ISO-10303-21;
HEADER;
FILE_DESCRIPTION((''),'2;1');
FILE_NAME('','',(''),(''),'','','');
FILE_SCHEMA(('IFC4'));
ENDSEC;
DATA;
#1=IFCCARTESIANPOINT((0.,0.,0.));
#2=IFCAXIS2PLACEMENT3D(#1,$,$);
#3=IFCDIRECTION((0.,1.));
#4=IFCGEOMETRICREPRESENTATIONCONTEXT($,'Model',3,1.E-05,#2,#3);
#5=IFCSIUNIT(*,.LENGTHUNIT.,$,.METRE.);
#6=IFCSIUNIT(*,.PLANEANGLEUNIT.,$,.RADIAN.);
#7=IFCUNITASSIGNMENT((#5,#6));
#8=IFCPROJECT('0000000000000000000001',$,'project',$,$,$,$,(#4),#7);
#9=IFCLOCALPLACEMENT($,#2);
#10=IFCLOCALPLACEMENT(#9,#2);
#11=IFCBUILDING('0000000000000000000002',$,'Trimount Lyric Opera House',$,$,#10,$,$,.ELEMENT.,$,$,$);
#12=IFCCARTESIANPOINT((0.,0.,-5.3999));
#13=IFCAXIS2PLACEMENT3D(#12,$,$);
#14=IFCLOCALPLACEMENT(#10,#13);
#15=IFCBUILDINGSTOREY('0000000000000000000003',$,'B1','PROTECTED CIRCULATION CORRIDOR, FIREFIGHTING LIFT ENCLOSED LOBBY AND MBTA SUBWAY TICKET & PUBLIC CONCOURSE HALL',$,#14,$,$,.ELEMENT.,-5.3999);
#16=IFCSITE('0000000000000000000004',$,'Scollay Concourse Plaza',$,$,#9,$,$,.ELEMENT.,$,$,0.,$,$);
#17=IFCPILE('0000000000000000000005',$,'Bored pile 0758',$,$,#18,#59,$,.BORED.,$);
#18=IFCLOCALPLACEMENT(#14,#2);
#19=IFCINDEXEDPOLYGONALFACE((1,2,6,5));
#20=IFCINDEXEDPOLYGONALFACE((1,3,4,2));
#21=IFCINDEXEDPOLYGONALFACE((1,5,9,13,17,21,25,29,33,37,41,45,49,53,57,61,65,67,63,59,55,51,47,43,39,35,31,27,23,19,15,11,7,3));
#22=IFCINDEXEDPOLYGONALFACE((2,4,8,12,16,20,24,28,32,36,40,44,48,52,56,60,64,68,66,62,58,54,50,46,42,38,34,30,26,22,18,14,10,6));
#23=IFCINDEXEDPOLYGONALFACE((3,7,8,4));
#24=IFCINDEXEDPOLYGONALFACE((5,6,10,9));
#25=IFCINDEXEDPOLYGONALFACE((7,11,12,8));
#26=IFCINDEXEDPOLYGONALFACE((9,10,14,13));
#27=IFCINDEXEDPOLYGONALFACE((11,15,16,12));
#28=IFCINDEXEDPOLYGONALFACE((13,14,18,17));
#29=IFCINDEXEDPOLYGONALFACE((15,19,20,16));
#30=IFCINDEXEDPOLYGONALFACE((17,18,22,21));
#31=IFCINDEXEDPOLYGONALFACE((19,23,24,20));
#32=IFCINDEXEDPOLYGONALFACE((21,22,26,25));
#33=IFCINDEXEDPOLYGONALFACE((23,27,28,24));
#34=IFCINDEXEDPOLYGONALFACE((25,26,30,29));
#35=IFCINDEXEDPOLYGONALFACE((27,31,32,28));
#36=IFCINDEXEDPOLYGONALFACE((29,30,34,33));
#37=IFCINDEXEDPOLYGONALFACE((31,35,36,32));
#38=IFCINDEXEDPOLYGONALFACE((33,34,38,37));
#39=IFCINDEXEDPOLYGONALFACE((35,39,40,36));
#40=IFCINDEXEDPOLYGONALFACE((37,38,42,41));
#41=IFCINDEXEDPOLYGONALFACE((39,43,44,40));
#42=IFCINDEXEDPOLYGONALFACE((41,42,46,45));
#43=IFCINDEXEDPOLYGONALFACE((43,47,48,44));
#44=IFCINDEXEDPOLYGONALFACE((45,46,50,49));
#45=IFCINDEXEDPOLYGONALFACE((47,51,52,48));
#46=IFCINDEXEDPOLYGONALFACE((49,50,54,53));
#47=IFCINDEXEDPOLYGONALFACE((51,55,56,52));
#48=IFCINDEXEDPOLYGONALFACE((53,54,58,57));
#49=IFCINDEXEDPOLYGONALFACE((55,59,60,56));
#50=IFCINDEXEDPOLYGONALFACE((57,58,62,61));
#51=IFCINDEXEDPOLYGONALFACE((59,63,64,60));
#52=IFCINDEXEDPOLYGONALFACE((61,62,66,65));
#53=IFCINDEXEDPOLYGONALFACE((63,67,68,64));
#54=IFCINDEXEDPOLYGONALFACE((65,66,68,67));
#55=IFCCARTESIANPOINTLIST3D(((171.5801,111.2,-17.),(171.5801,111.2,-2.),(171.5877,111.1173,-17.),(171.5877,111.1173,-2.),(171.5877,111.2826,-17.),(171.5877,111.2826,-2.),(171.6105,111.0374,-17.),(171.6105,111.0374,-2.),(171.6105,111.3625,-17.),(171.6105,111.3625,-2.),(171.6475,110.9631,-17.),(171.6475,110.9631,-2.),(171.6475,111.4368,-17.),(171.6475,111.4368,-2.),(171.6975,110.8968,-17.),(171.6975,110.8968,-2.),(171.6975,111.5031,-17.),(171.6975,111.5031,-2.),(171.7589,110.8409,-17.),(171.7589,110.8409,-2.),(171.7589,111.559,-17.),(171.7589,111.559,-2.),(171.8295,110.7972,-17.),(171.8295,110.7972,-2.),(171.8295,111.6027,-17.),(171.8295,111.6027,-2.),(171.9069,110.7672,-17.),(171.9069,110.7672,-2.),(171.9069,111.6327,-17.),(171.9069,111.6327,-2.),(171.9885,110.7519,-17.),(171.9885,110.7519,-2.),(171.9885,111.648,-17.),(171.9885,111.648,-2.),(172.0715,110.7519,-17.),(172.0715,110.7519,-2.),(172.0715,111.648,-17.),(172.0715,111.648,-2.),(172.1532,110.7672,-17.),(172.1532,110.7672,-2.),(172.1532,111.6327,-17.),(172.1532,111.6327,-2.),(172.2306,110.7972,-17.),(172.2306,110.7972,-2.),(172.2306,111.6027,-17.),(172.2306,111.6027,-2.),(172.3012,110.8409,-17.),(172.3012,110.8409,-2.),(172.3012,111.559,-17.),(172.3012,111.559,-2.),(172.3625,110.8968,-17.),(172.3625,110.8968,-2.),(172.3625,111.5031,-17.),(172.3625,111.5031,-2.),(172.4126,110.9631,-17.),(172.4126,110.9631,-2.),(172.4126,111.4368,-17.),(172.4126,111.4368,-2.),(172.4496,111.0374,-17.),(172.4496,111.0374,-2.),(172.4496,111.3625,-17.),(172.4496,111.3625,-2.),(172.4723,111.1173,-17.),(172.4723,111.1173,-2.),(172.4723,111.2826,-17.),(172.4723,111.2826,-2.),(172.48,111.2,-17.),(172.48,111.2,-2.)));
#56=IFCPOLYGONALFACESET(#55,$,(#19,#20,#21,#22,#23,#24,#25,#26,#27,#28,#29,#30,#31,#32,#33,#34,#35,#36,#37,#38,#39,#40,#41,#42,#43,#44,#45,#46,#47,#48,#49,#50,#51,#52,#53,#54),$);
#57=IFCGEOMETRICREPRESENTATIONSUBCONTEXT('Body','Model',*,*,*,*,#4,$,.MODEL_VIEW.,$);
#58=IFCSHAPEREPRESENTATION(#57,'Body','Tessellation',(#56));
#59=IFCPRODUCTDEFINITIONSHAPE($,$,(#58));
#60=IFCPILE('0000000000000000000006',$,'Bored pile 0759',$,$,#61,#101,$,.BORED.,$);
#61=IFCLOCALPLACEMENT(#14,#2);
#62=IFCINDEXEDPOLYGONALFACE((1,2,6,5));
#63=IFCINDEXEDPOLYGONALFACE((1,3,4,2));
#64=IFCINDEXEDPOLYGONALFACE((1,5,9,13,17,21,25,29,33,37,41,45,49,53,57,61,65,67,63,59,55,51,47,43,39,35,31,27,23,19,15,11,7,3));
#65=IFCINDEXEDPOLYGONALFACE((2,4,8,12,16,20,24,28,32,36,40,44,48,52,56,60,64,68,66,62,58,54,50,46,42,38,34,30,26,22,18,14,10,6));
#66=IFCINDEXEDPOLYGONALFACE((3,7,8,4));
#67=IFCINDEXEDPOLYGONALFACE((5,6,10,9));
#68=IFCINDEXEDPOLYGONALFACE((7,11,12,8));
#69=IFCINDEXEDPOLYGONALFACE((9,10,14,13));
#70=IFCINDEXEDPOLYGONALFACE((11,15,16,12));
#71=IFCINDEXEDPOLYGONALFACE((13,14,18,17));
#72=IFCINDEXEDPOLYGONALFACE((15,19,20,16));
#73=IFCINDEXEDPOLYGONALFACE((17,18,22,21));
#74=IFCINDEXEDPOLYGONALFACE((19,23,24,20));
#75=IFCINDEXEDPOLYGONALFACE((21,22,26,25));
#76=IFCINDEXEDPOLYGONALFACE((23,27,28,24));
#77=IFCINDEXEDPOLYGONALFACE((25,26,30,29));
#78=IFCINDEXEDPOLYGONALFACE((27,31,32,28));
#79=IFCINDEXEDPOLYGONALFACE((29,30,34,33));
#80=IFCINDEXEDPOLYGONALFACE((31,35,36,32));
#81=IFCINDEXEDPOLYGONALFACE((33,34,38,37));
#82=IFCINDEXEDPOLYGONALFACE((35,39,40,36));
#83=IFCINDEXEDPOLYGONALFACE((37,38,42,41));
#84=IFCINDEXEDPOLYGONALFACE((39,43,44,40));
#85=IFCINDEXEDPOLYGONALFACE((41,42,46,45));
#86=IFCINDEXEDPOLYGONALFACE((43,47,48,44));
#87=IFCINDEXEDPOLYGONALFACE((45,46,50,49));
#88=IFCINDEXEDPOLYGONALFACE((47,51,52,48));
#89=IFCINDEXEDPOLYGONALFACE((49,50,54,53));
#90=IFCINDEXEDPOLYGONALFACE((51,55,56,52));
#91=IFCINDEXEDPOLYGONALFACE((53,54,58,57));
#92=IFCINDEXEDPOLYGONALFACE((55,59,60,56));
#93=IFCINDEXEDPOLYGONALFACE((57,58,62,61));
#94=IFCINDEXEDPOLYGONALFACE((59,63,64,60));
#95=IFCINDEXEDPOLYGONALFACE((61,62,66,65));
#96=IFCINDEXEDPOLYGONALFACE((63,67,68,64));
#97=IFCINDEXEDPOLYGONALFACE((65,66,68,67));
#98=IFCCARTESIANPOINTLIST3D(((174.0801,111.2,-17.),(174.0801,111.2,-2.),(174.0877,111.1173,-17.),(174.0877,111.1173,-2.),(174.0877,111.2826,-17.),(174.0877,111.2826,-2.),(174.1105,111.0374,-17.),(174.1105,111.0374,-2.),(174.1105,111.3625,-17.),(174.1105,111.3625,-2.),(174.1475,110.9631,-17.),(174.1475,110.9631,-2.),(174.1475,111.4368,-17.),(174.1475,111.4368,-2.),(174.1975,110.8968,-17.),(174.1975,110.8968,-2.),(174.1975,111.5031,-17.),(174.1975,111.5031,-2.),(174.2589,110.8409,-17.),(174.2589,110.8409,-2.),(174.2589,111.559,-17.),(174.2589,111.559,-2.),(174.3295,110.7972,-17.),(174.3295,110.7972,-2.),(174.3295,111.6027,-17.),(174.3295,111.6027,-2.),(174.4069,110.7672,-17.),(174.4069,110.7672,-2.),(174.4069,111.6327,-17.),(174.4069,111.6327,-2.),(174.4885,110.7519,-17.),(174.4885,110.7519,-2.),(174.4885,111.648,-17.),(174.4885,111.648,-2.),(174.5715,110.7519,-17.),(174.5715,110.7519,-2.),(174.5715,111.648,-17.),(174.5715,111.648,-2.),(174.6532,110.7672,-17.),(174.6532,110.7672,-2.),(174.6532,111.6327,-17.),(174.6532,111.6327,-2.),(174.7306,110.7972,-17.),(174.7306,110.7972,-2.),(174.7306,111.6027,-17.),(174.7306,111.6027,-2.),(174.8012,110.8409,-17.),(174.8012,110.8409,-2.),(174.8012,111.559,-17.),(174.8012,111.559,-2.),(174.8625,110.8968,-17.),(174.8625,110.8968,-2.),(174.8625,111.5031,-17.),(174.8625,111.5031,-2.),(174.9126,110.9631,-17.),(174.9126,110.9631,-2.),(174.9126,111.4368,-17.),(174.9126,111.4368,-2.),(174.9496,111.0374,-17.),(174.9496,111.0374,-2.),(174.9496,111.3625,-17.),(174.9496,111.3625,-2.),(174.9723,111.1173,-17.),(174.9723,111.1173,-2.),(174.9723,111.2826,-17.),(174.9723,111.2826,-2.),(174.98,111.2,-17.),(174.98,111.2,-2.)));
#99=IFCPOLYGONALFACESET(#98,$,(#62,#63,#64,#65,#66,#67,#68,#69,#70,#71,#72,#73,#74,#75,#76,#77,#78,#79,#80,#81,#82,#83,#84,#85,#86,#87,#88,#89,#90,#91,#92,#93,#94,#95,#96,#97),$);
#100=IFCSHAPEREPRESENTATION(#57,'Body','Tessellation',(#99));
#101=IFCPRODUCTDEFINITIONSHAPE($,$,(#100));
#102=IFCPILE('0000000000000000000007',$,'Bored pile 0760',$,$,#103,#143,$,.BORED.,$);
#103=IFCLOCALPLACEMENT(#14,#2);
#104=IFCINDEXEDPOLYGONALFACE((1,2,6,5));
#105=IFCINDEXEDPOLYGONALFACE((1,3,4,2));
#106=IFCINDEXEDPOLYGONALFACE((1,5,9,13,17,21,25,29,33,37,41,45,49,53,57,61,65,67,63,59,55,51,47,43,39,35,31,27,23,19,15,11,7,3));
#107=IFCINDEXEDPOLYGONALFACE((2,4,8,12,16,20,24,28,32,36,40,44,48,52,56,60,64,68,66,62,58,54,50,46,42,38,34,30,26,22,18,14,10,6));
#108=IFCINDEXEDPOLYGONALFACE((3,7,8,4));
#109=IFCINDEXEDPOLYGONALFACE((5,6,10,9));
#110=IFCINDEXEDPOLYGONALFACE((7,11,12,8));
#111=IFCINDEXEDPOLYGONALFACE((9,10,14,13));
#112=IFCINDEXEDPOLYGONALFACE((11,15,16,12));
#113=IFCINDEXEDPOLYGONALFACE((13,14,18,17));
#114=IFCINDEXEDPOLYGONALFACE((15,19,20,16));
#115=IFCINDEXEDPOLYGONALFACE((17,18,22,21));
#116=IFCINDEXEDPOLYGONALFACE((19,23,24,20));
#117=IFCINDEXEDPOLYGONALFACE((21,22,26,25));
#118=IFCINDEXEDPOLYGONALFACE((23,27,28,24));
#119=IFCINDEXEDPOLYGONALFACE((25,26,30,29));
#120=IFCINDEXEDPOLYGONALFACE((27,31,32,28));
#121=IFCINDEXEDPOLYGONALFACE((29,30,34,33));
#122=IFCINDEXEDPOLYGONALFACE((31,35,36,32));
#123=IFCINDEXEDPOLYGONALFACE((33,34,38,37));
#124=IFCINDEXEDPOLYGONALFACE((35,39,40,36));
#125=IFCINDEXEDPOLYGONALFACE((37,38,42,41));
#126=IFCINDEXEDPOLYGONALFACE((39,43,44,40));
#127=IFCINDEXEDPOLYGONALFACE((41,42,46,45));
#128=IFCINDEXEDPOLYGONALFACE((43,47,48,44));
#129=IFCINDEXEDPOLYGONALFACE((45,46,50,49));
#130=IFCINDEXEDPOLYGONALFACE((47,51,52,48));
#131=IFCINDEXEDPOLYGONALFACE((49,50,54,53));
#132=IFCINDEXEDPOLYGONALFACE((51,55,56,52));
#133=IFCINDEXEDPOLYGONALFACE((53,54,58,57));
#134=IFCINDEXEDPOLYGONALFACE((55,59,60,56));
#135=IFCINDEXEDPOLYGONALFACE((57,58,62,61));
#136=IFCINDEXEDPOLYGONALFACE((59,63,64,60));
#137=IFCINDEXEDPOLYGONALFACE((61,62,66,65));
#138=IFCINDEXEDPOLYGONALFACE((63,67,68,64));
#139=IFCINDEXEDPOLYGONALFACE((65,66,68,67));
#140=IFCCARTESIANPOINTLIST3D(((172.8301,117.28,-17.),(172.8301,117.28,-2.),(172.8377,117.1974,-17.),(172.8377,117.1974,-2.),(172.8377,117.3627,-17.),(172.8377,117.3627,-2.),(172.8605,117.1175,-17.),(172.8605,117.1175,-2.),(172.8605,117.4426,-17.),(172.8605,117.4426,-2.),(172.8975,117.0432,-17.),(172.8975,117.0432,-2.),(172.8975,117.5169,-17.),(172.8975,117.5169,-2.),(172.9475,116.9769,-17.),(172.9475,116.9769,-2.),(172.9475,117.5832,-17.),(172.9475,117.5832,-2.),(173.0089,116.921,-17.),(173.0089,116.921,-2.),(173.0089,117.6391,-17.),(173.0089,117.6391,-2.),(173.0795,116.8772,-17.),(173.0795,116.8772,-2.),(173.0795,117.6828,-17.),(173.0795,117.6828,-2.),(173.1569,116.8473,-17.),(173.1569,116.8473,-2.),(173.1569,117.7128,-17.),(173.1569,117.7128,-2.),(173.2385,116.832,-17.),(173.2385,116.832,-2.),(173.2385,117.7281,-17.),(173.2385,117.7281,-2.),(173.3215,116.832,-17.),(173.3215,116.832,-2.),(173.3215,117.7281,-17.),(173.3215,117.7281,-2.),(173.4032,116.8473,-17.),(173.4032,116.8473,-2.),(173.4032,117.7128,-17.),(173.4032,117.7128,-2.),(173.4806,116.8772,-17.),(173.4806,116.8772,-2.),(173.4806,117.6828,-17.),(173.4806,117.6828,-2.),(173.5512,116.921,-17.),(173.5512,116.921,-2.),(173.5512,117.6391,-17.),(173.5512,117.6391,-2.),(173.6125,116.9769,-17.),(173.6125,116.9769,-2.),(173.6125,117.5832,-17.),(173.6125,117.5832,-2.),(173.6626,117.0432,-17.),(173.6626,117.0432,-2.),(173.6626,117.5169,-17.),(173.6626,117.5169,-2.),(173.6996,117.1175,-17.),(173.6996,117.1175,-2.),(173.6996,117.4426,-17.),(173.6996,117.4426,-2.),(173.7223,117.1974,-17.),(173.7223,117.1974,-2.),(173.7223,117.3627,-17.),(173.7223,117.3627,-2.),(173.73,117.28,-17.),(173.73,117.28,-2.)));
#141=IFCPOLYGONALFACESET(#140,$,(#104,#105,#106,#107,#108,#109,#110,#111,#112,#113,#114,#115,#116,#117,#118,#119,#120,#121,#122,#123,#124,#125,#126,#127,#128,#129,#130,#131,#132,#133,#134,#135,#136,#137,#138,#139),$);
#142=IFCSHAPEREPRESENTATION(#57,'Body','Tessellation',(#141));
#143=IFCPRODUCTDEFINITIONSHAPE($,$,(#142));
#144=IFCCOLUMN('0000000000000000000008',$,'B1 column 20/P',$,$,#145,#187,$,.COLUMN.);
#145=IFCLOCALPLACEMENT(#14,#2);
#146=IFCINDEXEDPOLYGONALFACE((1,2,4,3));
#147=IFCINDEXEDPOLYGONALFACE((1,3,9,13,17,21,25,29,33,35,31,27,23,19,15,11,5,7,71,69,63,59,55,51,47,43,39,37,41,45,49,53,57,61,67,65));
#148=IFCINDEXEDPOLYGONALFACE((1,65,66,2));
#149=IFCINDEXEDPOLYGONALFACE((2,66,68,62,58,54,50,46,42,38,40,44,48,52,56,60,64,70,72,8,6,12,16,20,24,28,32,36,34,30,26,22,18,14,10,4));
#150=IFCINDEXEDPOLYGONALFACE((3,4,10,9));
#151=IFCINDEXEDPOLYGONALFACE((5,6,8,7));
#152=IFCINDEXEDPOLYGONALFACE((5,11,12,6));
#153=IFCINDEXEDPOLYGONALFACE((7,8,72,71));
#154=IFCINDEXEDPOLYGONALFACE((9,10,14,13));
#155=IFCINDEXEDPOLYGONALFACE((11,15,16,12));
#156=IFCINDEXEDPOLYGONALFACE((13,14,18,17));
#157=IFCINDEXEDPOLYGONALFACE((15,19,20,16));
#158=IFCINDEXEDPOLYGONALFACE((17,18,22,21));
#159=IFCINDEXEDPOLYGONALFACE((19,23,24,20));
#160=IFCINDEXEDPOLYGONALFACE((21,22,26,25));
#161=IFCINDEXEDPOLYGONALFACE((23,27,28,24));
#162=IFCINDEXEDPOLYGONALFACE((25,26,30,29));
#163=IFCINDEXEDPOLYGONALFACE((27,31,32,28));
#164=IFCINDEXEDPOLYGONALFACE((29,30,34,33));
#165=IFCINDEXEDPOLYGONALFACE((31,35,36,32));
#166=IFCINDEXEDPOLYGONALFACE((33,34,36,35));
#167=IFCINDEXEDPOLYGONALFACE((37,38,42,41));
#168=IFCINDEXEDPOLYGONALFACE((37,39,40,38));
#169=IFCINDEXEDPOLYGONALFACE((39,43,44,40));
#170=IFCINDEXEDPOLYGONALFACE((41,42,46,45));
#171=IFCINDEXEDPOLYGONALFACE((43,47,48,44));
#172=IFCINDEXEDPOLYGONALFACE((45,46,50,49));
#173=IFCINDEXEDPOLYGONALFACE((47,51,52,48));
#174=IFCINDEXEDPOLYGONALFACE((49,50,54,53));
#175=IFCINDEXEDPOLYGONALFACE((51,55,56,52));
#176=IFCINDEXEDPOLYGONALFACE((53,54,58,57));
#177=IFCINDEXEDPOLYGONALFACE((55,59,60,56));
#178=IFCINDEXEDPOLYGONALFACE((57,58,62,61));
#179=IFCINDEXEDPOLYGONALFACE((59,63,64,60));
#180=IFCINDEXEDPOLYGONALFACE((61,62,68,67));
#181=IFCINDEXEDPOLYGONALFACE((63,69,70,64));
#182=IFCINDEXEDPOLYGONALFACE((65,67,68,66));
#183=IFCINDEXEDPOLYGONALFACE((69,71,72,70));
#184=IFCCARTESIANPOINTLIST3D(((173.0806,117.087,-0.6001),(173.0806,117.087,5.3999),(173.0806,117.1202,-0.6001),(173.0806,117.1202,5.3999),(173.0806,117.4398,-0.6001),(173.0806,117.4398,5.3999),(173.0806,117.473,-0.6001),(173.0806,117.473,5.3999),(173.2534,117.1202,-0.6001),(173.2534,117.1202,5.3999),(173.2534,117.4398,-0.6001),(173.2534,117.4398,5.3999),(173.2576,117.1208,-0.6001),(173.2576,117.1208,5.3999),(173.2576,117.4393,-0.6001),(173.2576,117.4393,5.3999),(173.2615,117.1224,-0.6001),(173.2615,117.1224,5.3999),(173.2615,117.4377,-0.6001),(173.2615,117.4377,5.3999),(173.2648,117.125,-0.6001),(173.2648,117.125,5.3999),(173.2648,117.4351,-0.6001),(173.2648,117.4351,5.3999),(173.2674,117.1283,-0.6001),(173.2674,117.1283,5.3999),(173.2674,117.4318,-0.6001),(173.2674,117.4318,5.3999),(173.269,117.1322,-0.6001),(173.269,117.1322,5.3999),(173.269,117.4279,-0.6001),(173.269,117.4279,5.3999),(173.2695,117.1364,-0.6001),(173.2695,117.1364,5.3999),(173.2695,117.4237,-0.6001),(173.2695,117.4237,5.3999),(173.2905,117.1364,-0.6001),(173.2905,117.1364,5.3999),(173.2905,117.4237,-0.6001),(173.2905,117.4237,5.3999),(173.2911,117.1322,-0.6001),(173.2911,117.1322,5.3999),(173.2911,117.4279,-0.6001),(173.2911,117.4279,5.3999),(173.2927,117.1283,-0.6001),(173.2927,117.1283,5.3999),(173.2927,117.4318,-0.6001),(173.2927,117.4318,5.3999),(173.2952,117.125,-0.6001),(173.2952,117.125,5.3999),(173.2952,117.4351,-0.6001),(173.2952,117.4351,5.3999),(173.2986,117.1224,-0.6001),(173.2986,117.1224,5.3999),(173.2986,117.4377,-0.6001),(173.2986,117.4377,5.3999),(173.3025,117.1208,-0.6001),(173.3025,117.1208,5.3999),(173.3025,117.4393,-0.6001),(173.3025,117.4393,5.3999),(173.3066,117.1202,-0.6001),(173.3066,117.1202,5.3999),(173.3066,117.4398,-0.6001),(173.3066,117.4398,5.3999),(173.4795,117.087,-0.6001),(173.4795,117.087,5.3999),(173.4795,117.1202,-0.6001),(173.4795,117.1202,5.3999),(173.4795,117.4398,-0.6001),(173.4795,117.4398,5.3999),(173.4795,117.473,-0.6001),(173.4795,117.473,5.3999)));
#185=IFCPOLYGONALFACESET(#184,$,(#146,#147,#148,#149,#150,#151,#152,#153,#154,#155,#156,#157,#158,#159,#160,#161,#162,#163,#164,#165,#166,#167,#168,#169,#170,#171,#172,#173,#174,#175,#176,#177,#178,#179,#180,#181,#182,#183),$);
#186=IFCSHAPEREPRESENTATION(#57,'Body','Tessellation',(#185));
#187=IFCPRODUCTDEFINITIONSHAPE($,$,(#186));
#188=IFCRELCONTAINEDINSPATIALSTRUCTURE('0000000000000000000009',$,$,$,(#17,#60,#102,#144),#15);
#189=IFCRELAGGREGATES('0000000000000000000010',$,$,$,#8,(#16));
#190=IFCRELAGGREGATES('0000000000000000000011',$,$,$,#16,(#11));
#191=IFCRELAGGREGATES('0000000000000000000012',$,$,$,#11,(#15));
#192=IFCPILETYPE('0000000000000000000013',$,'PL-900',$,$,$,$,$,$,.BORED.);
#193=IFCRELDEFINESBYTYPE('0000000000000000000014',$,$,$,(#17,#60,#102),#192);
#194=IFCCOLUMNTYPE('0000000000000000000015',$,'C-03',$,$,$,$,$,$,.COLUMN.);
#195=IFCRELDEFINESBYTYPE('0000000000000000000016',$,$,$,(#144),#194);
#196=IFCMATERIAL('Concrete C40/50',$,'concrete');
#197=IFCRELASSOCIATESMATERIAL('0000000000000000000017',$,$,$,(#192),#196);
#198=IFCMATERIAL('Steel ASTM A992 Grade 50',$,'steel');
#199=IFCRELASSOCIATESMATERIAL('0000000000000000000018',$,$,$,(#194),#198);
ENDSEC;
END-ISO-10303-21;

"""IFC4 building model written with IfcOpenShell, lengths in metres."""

from ifc_helpers import new_model, si_unit, direction, frame, origin, origin_2d, place, context, subcontext, project, spatial, circle, i_section, extrude, material, material_profile, profile_set, type_object, element, save


model = new_model("IFC4")

# Units and contexts
model_context = context("Model", 3, precision=1e-05, world=origin(), true_north=direction((0.0, 1.0)))
body_context = subcontext(model_context, "Body", "Model", "MODEL_VIEW")
ifc_project = project(units=[si_unit("LENGTHUNIT", "METRE"), si_unit("PLANEANGLEUNIT", "RADIAN")], contexts=[model_context])

# Site, building, storey
site_placement = place(None, origin())
site = spatial("IfcSite", under=ifc_project, at=site_placement, Name="Scollay Concourse Plaza", CompositionType="ELEMENT", RefElevation=0.0)
building_placement = place(site_placement, origin())
building = spatial("IfcBuilding", under=site, at=building_placement, Name="Trimount Lyric Opera House", CompositionType="ELEMENT")
storey_placement = place(building_placement, frame((0.0, 0.0, -5.3999)))
storey = spatial("IfcBuildingStorey", under=building, at=storey_placement, Name="B1", Description="PROTECTED CIRCULATION CORRIDOR, FIREFIGHTING LIFT ENCLOSED LOBBY AND MBTA SUBWAY TICKET & PUBLIC CONCOURSE HALL", CompositionType="ELEMENT", Elevation=-5.3999)

# Piles
ifc_material_1 = material(Name="Concrete C40/50", Category="concrete")
ifc_material_profile_1 = material_profile(ifc_material_1, circle(Radius=0.45, at=origin_2d()), Name="PILE-D900")
ifc_profile_set_1 = profile_set([ifc_material_profile_1], Name="Concrete C40/50")
pile_type_1 = type_object("IfcPileType", Name="PL-900", PredefinedType="BORED", material=ifc_profile_set_1)
for number, where, z_axis, x_axis, name in (
    (1, (172.03, 111.2, -2.0), (0.0, 0.0, -1.0), (1.0, 0.0, 0.0), "Bored pile 0758"),
    (2, (174.53, 111.2, -2.0), (0.0, 0.0, -1.0), (1.0, 0.0, 0.0), "Bored pile 0759"),
    (3, (173.28, 117.28, -2.0), (0.0, 0.0, -1.0), (1.0, 0.0, 0.0), "Bored pile 0760"),
):
    element("IfcPile", number, at=place(storey_placement, frame(where, z_axis=z_axis, x_axis=x_axis)), inside=storey, type_object=pile_type_1, Name=name, PredefinedType="BORED", context=body_context, shape_type="SweptSolid", body=[
        extrude(circle(Radius=0.45, at=origin_2d()), origin(), (0.0, 0.0, 1.0), 15.0),
    ])

# Column
ifc_material_2 = material(Name="Steel ASTM A992 Grade 50", Category="steel")
ifc_material_profile_2 = material_profile(ifc_material_2, i_section(OverallWidth=0.3989, OverallDepth=0.386, WebThickness=0.021, FlangeThickness=0.0332, FilletRadius=0.0161, at=origin_2d()), Name="W14X176")
ifc_profile_set_2 = profile_set([ifc_material_profile_2], Name="Steel ASTM A992 Grade 50")
column_type_1 = type_object("IfcColumnType", Name="C-03", PredefinedType="COLUMN", material=ifc_profile_set_2)
column_1_placement = place(storey_placement, frame((173.28, 117.28, -0.6001), z_axis=(0.0, 0.0, 1.0), x_axis=(1.0, 0.0, 0.0)))
element("IfcColumn", 4, at=column_1_placement, inside=storey, type_object=column_type_1, Name="B1 column 20/P", PredefinedType="COLUMN", context=body_context, shape_type="SweptSolid", body=[
    extrude(i_section(OverallWidth=0.3989, OverallDepth=0.386, WebThickness=0.021, FlangeThickness=0.0332, FilletRadius=0.0161, at=origin_2d()), origin(), (0.0, 0.0, 1.0), 6.0),
])

save(model, "model.ifc")
